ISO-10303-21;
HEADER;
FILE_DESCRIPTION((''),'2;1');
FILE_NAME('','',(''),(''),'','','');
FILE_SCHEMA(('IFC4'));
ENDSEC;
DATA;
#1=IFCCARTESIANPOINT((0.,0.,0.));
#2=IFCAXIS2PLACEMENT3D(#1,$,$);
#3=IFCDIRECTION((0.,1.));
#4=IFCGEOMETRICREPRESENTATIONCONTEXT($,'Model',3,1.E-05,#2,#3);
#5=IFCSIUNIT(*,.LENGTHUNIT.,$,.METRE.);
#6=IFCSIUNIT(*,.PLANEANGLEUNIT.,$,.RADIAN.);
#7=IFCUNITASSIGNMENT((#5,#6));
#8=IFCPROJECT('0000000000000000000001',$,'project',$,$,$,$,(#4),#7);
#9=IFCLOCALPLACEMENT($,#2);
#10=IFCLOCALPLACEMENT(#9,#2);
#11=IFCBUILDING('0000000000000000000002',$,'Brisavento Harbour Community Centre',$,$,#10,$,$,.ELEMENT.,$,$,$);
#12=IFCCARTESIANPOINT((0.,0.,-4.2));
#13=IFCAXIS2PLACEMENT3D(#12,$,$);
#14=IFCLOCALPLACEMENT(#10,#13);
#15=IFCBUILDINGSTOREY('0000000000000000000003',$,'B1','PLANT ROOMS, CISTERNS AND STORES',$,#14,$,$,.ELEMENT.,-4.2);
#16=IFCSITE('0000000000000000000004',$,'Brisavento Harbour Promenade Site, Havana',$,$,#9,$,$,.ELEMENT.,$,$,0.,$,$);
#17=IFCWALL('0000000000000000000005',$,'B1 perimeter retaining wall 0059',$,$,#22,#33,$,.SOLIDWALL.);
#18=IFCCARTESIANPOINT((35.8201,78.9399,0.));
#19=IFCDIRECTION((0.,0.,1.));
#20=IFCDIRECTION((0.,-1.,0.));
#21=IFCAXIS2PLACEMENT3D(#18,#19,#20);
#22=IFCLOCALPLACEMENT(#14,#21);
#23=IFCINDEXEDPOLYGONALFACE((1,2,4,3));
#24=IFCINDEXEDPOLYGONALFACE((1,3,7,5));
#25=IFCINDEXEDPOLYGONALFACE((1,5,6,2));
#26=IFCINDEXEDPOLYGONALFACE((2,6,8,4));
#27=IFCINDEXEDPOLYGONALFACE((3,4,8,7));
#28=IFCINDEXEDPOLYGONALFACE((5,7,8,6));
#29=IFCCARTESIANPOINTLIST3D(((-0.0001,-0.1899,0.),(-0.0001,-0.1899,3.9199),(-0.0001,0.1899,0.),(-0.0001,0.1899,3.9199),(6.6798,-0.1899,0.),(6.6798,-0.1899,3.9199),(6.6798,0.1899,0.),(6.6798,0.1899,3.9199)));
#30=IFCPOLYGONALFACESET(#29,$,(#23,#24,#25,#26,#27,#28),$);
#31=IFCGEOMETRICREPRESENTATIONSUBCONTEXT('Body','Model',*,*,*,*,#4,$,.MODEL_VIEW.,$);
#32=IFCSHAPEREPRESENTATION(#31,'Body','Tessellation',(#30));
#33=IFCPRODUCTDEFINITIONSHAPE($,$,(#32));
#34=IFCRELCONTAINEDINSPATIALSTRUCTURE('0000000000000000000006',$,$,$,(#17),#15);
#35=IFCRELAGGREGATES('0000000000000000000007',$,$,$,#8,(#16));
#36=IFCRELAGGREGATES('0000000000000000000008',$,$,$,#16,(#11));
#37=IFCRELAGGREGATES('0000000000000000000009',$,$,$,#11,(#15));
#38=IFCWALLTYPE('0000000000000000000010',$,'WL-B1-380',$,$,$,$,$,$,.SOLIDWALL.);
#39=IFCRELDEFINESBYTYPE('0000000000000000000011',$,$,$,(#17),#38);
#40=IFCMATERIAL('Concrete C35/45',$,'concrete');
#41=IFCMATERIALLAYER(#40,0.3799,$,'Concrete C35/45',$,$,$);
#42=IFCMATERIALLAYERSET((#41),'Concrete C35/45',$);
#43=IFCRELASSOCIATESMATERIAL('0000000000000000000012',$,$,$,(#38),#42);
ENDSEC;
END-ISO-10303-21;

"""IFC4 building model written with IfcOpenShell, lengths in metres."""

from ifc_helpers import new_model, si_unit, direction, frame, frame_2d, origin, place, context, subcontext, project, spatial, rectangle, extrude, material, layer, layer_set, type_object, element, save


model = new_model("IFC4")

# Units and contexts
model_context = context("Model", 3, precision=1e-05, world=origin(), true_north=direction((0.0, 1.0)))
body_context = subcontext(model_context, "Body", "Model", "MODEL_VIEW")
ifc_project = project(units=[si_unit("LENGTHUNIT", "METRE"), si_unit("PLANEANGLEUNIT", "RADIAN")], contexts=[model_context])

# Site, building, storey
site_placement = place(None, origin())
site = spatial("IfcSite", under=ifc_project, at=site_placement, Name="Brisavento Harbour Promenade Site, Havana", CompositionType="ELEMENT", RefElevation=0.0)
building_placement = place(site_placement, origin())
building = spatial("IfcBuilding", under=site, at=building_placement, Name="Brisavento Harbour Community Centre", CompositionType="ELEMENT")
storey_placement = place(building_placement, frame((0.0, 0.0, -4.2)))
storey = spatial("IfcBuildingStorey", under=building, at=storey_placement, Name="B1", Description="PLANT ROOMS, CISTERNS AND STORES", CompositionType="ELEMENT", Elevation=-4.2)

# Shared definitions
ifc_material = material(Name="Concrete C35/45", Category="concrete")

# Wall
ifc_layer = layer(ifc_material, 0.3799, Name="Concrete C35/45")
ifc_layer_set = layer_set([ifc_layer], Name="Concrete C35/45")
wall_type = type_object("IfcWallType", Name="WL-B1-380", PredefinedType="SOLIDWALL", material=ifc_layer_set)
for number, where, z_axis, x_axis, name in (
    (1, (35.8201, 78.9399, 0.0), (0.0, 0.0, 1.0), (0.0, -1.0, 0.0), "B1 perimeter retaining wall 0059"),
):
    element("IfcWall", number, at=place(storey_placement, frame(where, z_axis=z_axis, x_axis=x_axis)), inside=storey, type_object=wall_type, Name=name, PredefinedType="SOLIDWALL", context=body_context, shape_type="SweptSolid", body=[
        extrude(rectangle(XDim=6.6799, YDim=0.3799, at=frame_2d((3.3398, 0.0))), origin(), (0.0, 0.0, 1.0), 3.9199),
    ])

save(model, "model.ifc")
